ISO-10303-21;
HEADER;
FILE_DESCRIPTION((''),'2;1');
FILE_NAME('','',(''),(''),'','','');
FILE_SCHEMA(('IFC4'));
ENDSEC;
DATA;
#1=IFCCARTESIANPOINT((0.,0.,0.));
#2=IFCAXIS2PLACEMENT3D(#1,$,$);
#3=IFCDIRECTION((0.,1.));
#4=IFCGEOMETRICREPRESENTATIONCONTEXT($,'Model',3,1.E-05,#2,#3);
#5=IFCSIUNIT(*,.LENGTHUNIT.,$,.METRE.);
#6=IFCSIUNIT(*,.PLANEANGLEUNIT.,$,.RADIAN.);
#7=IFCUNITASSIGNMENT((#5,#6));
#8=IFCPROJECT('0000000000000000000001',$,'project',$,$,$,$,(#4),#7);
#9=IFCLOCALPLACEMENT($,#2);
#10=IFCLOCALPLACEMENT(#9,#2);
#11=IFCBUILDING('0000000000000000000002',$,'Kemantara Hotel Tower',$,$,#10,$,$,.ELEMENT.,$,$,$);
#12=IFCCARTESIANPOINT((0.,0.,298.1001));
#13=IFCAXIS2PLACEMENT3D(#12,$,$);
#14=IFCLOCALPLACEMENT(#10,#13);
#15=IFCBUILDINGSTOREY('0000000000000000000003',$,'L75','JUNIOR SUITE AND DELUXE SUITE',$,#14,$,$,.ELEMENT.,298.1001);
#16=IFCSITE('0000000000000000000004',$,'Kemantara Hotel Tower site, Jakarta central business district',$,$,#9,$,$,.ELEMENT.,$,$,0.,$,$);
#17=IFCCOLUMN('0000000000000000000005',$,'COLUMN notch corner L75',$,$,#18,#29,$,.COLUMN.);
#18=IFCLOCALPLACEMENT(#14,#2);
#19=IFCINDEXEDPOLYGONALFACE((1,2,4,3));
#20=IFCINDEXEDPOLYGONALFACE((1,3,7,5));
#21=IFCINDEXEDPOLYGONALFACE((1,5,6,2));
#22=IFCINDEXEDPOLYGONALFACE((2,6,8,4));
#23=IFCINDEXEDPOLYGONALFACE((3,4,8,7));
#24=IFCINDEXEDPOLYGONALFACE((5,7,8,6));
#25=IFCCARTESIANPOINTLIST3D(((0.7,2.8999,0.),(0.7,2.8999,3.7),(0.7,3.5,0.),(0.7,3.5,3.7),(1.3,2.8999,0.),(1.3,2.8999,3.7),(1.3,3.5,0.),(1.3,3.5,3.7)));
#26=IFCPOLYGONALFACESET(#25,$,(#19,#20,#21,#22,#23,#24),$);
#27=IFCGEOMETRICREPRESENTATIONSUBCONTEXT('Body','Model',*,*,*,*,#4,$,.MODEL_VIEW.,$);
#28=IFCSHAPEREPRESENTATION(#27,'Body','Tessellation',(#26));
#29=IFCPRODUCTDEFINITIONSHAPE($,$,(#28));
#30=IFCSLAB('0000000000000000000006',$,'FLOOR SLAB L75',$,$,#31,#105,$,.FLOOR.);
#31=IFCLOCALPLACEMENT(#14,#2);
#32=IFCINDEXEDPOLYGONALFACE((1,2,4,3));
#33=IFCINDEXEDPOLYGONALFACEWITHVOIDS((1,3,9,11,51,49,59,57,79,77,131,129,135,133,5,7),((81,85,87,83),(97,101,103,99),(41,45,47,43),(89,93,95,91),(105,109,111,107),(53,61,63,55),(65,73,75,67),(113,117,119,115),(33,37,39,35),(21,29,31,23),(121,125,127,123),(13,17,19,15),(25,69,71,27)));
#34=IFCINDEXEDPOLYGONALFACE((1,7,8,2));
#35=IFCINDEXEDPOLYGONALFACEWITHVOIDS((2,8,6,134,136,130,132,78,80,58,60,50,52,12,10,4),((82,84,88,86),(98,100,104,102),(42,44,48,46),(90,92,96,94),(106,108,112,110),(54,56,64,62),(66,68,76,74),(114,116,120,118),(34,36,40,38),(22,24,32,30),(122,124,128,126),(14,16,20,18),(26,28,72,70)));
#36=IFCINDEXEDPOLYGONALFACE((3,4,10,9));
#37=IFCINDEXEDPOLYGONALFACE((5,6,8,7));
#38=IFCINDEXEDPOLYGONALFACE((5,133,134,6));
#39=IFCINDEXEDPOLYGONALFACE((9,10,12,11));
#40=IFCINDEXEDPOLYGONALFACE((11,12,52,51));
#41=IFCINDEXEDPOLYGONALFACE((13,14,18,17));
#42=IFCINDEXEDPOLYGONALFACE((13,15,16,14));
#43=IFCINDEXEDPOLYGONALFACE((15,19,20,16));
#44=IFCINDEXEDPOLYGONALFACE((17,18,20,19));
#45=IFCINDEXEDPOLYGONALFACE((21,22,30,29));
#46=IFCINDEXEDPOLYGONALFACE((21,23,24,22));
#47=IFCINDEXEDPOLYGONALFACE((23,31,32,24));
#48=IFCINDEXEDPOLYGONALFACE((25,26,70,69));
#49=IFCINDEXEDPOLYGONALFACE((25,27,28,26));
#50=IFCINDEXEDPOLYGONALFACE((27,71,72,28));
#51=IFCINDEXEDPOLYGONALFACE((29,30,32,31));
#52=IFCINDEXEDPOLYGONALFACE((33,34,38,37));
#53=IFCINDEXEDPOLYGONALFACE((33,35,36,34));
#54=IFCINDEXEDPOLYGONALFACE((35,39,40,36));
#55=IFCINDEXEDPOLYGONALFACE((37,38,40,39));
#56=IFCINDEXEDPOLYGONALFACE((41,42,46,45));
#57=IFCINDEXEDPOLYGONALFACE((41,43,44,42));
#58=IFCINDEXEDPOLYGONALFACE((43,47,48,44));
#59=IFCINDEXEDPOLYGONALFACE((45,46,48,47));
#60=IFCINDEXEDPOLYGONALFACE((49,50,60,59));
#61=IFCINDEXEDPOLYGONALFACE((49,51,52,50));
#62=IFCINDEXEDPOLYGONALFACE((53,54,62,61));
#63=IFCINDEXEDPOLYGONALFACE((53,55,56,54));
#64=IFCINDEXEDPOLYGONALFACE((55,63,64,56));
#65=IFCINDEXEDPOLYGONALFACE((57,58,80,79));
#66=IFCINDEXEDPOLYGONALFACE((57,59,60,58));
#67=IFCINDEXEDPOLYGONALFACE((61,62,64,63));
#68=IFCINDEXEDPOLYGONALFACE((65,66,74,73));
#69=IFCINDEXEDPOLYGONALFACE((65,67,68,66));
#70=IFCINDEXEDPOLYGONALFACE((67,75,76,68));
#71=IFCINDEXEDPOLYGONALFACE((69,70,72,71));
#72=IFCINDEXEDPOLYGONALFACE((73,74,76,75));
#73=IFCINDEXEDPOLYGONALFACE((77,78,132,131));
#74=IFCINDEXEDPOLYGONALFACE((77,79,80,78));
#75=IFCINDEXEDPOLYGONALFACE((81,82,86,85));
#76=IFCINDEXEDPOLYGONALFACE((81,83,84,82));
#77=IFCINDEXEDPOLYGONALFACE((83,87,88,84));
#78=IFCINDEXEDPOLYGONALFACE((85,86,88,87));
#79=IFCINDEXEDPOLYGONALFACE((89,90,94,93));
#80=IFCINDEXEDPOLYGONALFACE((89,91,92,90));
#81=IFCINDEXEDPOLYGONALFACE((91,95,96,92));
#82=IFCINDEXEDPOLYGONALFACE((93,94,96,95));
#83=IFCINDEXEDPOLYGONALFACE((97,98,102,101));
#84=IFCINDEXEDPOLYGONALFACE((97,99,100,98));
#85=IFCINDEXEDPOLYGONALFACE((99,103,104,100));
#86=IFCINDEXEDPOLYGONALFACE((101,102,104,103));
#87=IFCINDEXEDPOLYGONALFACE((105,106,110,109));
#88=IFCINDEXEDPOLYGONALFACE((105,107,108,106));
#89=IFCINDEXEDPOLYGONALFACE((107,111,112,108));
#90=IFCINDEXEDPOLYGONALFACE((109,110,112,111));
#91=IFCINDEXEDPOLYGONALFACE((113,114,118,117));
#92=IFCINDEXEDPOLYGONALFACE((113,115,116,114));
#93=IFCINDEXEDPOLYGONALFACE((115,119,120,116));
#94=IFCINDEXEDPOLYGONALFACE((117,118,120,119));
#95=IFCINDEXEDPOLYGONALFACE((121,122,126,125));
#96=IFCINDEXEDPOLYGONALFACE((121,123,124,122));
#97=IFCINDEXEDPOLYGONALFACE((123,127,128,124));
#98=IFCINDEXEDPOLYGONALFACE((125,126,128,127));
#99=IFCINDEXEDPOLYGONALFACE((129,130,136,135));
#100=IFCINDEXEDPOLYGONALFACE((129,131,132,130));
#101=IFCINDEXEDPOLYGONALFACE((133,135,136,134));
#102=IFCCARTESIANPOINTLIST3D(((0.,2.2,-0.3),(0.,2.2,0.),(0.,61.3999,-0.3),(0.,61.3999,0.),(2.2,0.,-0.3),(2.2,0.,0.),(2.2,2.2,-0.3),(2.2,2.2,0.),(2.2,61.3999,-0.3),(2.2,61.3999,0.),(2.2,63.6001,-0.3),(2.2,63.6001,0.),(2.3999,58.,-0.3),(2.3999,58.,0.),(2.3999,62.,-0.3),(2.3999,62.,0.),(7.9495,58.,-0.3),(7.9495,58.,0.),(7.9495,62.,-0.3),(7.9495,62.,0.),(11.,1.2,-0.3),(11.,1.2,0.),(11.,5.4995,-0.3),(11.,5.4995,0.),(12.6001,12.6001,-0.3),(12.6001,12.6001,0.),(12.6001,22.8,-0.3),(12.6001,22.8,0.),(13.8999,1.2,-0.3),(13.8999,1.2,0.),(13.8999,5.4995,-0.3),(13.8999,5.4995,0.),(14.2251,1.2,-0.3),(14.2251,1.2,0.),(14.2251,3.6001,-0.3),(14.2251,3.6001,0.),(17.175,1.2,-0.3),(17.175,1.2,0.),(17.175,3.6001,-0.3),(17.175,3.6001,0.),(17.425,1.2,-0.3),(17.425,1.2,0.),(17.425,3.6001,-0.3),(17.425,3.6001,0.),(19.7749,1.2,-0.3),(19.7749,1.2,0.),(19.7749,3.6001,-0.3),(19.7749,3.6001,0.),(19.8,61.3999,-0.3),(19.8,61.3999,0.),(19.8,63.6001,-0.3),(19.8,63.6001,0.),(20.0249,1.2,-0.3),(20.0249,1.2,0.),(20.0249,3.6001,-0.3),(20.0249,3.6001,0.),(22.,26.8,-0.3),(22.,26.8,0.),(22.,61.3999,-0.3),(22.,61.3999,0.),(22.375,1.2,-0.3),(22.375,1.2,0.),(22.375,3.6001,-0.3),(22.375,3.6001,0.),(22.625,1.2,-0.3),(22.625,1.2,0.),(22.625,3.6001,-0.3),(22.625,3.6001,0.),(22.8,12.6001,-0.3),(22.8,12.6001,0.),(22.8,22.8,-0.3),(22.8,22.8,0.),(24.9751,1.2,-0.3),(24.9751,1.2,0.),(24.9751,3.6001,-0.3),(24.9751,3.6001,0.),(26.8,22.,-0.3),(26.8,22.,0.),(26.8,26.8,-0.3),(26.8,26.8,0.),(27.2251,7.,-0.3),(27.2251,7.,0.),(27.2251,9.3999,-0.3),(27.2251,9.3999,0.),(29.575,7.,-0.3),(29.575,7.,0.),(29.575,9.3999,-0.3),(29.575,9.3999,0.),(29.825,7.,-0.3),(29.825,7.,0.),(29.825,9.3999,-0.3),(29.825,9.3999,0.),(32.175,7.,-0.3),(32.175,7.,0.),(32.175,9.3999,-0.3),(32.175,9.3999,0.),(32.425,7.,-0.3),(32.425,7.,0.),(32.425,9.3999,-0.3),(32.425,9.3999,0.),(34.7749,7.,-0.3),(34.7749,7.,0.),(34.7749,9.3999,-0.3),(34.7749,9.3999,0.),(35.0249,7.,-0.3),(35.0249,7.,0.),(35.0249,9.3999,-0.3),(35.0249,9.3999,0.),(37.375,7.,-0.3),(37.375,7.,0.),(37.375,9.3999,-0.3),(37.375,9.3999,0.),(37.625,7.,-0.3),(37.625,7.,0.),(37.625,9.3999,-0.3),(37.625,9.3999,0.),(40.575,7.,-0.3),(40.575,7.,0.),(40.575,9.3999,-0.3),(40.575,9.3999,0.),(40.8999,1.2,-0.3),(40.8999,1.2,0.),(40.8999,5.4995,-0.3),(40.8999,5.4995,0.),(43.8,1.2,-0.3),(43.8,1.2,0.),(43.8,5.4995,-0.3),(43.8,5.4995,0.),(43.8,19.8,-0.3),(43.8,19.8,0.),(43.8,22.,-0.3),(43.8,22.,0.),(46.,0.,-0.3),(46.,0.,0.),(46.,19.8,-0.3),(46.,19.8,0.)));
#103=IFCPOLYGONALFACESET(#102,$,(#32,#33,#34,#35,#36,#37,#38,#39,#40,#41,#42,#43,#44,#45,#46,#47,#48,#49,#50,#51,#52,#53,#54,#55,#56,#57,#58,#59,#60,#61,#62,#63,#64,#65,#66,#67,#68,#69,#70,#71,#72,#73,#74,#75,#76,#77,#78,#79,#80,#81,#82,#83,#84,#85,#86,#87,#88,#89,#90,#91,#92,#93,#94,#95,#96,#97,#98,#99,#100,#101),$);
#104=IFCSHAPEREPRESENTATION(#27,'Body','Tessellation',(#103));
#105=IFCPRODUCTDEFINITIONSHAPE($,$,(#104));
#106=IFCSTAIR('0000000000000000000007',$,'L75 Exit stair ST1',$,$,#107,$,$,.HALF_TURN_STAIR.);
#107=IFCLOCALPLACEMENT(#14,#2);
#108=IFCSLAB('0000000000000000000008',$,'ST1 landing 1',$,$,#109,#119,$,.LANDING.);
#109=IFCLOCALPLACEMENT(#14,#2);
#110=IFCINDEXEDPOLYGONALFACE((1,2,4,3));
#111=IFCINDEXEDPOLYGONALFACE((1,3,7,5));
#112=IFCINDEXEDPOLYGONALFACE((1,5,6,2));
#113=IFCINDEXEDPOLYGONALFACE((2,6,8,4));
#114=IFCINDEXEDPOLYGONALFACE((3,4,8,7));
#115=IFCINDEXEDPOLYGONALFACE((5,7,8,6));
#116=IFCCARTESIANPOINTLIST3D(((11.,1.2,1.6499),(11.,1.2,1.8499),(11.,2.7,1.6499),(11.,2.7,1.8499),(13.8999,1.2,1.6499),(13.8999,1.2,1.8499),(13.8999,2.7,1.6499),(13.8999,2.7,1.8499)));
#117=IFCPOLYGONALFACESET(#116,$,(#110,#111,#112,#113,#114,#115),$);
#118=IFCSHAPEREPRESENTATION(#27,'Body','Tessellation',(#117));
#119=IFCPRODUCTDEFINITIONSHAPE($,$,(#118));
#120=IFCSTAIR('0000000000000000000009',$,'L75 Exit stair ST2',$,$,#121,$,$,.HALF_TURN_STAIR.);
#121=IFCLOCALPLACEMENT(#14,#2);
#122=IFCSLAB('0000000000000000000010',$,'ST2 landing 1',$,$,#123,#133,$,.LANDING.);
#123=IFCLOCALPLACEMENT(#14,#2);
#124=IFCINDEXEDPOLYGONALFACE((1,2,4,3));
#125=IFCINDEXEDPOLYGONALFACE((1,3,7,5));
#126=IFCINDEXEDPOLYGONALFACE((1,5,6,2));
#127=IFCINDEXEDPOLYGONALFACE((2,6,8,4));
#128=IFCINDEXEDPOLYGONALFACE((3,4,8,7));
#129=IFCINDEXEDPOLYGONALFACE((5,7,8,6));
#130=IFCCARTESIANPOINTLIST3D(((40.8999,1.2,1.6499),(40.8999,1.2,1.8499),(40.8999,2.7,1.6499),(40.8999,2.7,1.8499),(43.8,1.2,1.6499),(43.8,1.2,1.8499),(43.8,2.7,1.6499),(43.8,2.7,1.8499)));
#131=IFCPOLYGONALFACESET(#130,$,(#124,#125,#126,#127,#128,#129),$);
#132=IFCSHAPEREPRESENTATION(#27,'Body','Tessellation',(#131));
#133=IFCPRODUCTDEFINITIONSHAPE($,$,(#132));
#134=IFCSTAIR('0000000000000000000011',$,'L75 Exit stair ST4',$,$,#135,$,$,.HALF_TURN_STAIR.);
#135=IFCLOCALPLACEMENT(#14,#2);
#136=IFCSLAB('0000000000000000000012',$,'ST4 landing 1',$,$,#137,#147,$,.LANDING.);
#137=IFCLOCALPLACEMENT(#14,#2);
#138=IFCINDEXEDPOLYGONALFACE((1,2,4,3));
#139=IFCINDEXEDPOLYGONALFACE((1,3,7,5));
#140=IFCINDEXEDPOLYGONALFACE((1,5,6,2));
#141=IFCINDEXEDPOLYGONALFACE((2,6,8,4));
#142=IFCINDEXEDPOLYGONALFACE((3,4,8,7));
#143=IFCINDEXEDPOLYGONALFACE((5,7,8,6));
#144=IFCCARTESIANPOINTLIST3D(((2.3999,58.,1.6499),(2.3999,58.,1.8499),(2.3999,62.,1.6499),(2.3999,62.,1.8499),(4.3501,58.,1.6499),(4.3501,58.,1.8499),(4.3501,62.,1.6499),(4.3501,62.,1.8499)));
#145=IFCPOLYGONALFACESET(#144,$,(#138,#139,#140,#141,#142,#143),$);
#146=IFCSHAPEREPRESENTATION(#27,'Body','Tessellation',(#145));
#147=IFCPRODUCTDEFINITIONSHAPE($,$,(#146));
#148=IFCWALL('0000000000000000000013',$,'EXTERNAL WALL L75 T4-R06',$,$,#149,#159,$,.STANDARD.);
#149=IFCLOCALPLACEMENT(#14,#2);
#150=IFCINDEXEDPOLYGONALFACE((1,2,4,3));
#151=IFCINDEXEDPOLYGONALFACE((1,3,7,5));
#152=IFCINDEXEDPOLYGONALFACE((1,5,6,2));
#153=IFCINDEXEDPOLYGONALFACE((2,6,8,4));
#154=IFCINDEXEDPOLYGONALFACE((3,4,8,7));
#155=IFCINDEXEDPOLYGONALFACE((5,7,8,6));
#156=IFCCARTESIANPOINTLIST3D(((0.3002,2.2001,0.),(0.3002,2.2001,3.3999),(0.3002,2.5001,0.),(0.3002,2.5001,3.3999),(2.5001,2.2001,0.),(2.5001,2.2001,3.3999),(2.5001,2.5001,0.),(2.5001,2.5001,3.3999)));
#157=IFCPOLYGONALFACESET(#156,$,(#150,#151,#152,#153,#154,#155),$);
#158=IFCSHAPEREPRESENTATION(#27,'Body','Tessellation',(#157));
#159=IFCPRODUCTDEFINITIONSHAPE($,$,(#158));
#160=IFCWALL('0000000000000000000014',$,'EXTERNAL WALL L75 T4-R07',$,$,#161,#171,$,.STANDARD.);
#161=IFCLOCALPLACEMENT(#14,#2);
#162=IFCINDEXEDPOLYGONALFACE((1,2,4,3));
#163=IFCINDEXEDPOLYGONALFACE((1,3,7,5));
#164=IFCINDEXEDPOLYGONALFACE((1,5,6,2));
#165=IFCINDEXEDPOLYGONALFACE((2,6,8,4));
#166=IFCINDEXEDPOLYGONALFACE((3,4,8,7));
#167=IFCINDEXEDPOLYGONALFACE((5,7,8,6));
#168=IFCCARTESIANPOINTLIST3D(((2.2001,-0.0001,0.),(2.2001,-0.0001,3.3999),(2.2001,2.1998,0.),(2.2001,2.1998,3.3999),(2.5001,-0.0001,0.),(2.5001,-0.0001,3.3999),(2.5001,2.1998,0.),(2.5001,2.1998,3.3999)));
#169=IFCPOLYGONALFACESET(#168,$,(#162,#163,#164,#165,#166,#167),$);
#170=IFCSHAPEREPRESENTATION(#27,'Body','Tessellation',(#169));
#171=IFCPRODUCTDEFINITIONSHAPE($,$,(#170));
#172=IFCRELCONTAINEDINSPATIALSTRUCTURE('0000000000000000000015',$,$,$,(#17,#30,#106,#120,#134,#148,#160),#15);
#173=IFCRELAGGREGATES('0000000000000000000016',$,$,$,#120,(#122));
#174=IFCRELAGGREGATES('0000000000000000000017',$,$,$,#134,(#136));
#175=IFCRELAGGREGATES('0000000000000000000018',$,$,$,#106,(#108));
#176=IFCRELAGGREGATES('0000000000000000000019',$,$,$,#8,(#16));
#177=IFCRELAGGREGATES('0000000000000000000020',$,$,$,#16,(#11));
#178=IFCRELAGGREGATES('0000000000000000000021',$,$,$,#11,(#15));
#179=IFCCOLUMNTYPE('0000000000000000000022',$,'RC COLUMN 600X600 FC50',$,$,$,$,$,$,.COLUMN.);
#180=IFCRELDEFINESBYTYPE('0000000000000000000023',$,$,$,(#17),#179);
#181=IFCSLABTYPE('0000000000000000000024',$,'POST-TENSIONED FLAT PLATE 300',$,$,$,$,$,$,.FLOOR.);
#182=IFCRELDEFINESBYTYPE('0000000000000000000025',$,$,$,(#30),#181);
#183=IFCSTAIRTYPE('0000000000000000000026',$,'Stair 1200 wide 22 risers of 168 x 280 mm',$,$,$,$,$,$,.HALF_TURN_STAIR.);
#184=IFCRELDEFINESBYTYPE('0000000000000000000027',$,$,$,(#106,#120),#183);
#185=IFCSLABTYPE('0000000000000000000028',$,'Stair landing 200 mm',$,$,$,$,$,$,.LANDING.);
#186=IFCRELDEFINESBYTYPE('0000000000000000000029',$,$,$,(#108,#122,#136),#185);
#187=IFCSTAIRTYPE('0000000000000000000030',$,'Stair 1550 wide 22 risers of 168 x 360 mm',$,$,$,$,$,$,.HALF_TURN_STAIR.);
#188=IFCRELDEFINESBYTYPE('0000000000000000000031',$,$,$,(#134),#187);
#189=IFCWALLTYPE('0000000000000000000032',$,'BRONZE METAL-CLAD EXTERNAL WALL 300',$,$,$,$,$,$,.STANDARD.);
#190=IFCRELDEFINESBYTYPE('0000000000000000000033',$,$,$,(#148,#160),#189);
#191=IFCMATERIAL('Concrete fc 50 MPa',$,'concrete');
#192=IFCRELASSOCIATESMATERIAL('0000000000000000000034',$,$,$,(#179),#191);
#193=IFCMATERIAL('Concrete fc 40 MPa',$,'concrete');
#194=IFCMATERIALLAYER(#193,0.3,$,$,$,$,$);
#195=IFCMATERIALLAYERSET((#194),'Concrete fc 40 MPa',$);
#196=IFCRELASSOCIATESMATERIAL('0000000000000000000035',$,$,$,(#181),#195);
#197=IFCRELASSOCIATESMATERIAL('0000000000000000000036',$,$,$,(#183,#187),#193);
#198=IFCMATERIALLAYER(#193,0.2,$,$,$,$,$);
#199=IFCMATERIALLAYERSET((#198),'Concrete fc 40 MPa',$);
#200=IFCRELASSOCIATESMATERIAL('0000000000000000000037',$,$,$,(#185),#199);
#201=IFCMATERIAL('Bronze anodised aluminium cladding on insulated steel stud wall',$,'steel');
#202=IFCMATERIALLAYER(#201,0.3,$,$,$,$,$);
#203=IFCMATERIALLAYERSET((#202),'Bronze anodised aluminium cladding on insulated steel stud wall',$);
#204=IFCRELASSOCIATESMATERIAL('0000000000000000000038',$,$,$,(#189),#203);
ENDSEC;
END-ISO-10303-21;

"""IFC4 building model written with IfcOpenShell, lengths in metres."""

from ifc_helpers import new_model, si_unit, direction, frame, frame_2d, origin, origin_2d, place, context, subcontext, project, spatial, polyline, rectangle, outline, extrude, material, layer, layer_set, material_profile, profile_set, type_object, element, aggregate, save


model = new_model("IFC4")

# Units and contexts
model_context = context("Model", 3, precision=1e-05, world=origin(), true_north=direction((0.0, 1.0)))
body_context = subcontext(model_context, "Body", "Model", "MODEL_VIEW")
ifc_project = project(units=[si_unit("LENGTHUNIT", "METRE"), si_unit("PLANEANGLEUNIT", "RADIAN")], contexts=[model_context])

# Site, building, storey
site_placement = place(None, origin())
site = spatial("IfcSite", under=ifc_project, at=site_placement, Name="Kemantara Hotel Tower site, Jakarta central business district", CompositionType="ELEMENT", RefElevation=0.0)
building_placement = place(site_placement, origin())
building = spatial("IfcBuilding", under=site, at=building_placement, Name="Kemantara Hotel Tower", CompositionType="ELEMENT")
storey_placement = place(building_placement, frame((0.0, 0.0, 298.1001)))
storey = spatial("IfcBuildingStorey", under=building, at=storey_placement, Name="L75", Description="JUNIOR SUITE AND DELUXE SUITE", CompositionType="ELEMENT", Elevation=298.1001)

# Column
ifc_material_1 = material(Name="Concrete fc 50 MPa", Category="concrete")
ifc_material_profile = material_profile(ifc_material_1, rectangle(XDim=0.6001, YDim=0.6001, at=origin_2d()), Name="RC 600X600")
ifc_profile_set = profile_set([ifc_material_profile], Name="Concrete fc 50 MPa")
column_type = type_object("IfcColumnType", Name="RC COLUMN 600X600 FC50", PredefinedType="COLUMN", material=ifc_profile_set)
column_placement = place(storey_placement, frame((1.0, 3.2, 0.0), z_axis=(0.0, 0.0, 1.0), x_axis=(1.0, 0.0, 0.0)))
element("IfcColumn", 1, at=column_placement, inside=storey, type_object=column_type, Name="COLUMN notch corner L75", PredefinedType="COLUMN", context=body_context, shape_type="SweptSolid", body=[
    extrude(rectangle(XDim=0.6001, YDim=0.6001, at=origin_2d()), origin(), (0.0, 0.0, 1.0), 3.7),
])

# Slab
ifc_material_2 = material(Name="Concrete fc 40 MPa", Category="concrete")
ifc_layer_1 = layer(ifc_material_2, 0.3)
ifc_layer_set_1 = layer_set([ifc_layer_1], Name="Concrete fc 40 MPa")
slab_type_1 = type_object("IfcSlabType", Name="POST-TENSIONED FLAT PLATE 300", PredefinedType="FLOOR", material=ifc_layer_set_1)
slab_1_placement = place(storey_placement, frame((0.0, 0.0, -0.3)))
element("IfcSlab", 2, at=slab_1_placement, inside=storey, type_object=slab_type_1, Name="FLOOR SLAB L75", PredefinedType="FLOOR", context=body_context, shape_type="SweptSolid", body=[
    extrude(outline(polyline([(22.0, 26.8), (22.0, 61.3999), (19.8, 61.3999), (19.8, 63.6001), (2.2, 63.6001), (2.2, 61.3999), (0.0, 61.3999), (0.0, 2.2), (2.2, 2.2), (2.2, 0.0), (46.0, 0.0), (46.0, 19.8), (43.8, 19.8), (43.8, 22.0), (26.8, 22.0), (26.8, 26.8), (22.0, 26.8)]), holes=[polyline([(17.175, 3.6001), (17.175, 1.2), (14.2251, 1.2), (14.2251, 3.6001), (17.175, 3.6001)]), polyline([(19.7749, 1.2), (17.425, 1.2), (17.425, 3.6001), (19.7749, 3.6001), (19.7749, 1.2)]), polyline([(22.375, 1.2), (20.0249, 1.2), (20.0249, 3.6001), (22.375, 3.6001), (22.375, 1.2)]), polyline([(24.9751, 3.6001), (24.9751, 1.2), (22.625, 1.2), (22.625, 3.6001), (24.9751, 3.6001)]), polyline([(11.0, 1.2), (11.0, 5.4995), (13.8999, 5.4995), (13.8999, 1.2), (11.0, 1.2)]), polyline([(22.8, 12.6001), (12.6001, 12.6001), (12.6001, 22.8), (22.8, 22.8), (22.8, 12.6001)]), polyline([(2.3999, 58.0), (2.3999, 62.0), (7.9495, 62.0), (7.9495, 58.0), (2.3999, 58.0)]), polyline([(40.8999, 1.2), (40.8999, 5.4995), (43.8, 5.4995), (43.8, 1.2), (40.8999, 1.2)]), polyline([(29.575, 7.0), (27.2251, 7.0), (27.2251, 9.3999), (29.575, 9.3999), (29.575, 7.0)]), polyline([(32.175, 7.0), (29.825, 7.0), (29.825, 9.3999), (32.175, 9.3999), (32.175, 7.0)]), polyline([(34.7749, 7.0), (32.425, 7.0), (32.425, 9.3999), (34.7749, 9.3999), (34.7749, 7.0)]), polyline([(37.375, 7.0), (35.0249, 7.0), (35.0249, 9.3999), (37.375, 9.3999), (37.375, 7.0)]), polyline([(40.575, 7.0), (37.625, 7.0), (37.625, 9.3999), (40.575, 9.3999), (40.575, 7.0)])]), origin(), (0.0, 0.0, 1.0), 0.3),
])

# Stairs, slabs
stair_type_1 = type_object("IfcStairType", Name="Stair 1200 wide 22 risers of 168 x 280 mm", PredefinedType="HALF_TURN_STAIR", material=ifc_material_2)
stair_1_placement = place(storey_placement, origin())
stair_1 = element("IfcStair", 3, at=stair_1_placement, inside=storey, type_object=stair_type_1, Name="L75 Exit stair ST1", PredefinedType="HALF_TURN_STAIR")
ifc_layer_2 = layer(ifc_material_2, 0.2)
ifc_layer_set_2 = layer_set([ifc_layer_2], Name="Concrete fc 40 MPa")
slab_type_2 = type_object("IfcSlabType", Name="Stair landing 200 mm", PredefinedType="LANDING", material=ifc_layer_set_2)
slab_2_placement = place(storey_placement, frame((0.0, 0.0, 1.6499)))
slab_2 = element("IfcSlab", 4, at=slab_2_placement, type_object=slab_type_2, Name="ST1 landing 1", PredefinedType="LANDING", context=body_context, shape_type="SweptSolid", body=[
    extrude(outline(polyline([(11.0, 2.7), (11.0, 1.2), (13.8999, 1.2), (13.8999, 2.7), (11.0, 2.7)])), origin(), (0.0, 0.0, 1.0), 0.2),
])
stair_2_placement = place(storey_placement, origin())
stair_2 = element("IfcStair", 5, at=stair_2_placement, inside=storey, type_object=stair_type_1, Name="L75 Exit stair ST2", PredefinedType="HALF_TURN_STAIR")
slab_3_placement = place(storey_placement, frame((0.0, 0.0, 1.6499)))
slab_3 = element("IfcSlab", 6, at=slab_3_placement, type_object=slab_type_2, Name="ST2 landing 1", PredefinedType="LANDING", context=body_context, shape_type="SweptSolid", body=[
    extrude(outline(polyline([(40.8999, 2.7), (40.8999, 1.2), (43.8, 1.2), (43.8, 2.7), (40.8999, 2.7)])), origin(), (0.0, 0.0, 1.0), 0.2),
])
aggregate(stair_2, [slab_3])
stair_type_2 = type_object("IfcStairType", Name="Stair 1550 wide 22 risers of 168 x 360 mm", PredefinedType="HALF_TURN_STAIR", material=ifc_material_2)
stair_3_placement = place(storey_placement, origin())
stair_3 = element("IfcStair", 7, at=stair_3_placement, inside=storey, type_object=stair_type_2, Name="L75 Exit stair ST4", PredefinedType="HALF_TURN_STAIR")
slab_4_placement = place(storey_placement, frame((0.0, 0.0, 1.6499)))
slab_4 = element("IfcSlab", 8, at=slab_4_placement, type_object=slab_type_2, Name="ST4 landing 1", PredefinedType="LANDING", context=body_context, shape_type="SweptSolid", body=[
    extrude(outline(polyline([(4.3501, 62.0), (2.3999, 62.0), (2.3999, 58.0), (4.3501, 58.0), (4.3501, 62.0)])), origin(), (0.0, 0.0, 1.0), 0.2),
])
aggregate(stair_3, [slab_4])

# Walls
ifc_material_3 = material(Name="Bronze anodised aluminium cladding on insulated steel stud wall", Category="steel")
ifc_layer_3 = layer(ifc_material_3, 0.3)
ifc_layer_set_3 = layer_set([ifc_layer_3], Name="Bronze anodised aluminium cladding on insulated steel stud wall")
wall_type_1 = type_object("IfcWallType", Name="BRONZE METAL-CLAD EXTERNAL WALL 300", PredefinedType="STANDARD", material=ifc_layer_set_3)
for number, where, z_axis, x_axis, name in (
    (9, (0.3, 2.3501, 0.0), (0.0, 0.0, 1.0), (1.0, 0.0, 0.0), "EXTERNAL WALL L75 T4-R06"),
    (10, (2.3501, 2.2, 0.0), (0.0, 0.0, 1.0), (0.0, -1.0, 0.0), "EXTERNAL WALL L75 T4-R07"),
):
    element("IfcWall", number, at=place(storey_placement, frame(where, z_axis=z_axis, x_axis=x_axis)), inside=storey, type_object=wall_type_1, Name=name, PredefinedType="STANDARD", context=body_context, shape_type="SweptSolid", body=[
        extrude(rectangle(XDim=2.2, YDim=0.3, at=frame_2d((1.1001, 0.0))), origin(), (0.0, 0.0, 1.0), 3.3999),
    ])

aggregate(stair_1, [slab_2])

save(model, "model.ifc")
